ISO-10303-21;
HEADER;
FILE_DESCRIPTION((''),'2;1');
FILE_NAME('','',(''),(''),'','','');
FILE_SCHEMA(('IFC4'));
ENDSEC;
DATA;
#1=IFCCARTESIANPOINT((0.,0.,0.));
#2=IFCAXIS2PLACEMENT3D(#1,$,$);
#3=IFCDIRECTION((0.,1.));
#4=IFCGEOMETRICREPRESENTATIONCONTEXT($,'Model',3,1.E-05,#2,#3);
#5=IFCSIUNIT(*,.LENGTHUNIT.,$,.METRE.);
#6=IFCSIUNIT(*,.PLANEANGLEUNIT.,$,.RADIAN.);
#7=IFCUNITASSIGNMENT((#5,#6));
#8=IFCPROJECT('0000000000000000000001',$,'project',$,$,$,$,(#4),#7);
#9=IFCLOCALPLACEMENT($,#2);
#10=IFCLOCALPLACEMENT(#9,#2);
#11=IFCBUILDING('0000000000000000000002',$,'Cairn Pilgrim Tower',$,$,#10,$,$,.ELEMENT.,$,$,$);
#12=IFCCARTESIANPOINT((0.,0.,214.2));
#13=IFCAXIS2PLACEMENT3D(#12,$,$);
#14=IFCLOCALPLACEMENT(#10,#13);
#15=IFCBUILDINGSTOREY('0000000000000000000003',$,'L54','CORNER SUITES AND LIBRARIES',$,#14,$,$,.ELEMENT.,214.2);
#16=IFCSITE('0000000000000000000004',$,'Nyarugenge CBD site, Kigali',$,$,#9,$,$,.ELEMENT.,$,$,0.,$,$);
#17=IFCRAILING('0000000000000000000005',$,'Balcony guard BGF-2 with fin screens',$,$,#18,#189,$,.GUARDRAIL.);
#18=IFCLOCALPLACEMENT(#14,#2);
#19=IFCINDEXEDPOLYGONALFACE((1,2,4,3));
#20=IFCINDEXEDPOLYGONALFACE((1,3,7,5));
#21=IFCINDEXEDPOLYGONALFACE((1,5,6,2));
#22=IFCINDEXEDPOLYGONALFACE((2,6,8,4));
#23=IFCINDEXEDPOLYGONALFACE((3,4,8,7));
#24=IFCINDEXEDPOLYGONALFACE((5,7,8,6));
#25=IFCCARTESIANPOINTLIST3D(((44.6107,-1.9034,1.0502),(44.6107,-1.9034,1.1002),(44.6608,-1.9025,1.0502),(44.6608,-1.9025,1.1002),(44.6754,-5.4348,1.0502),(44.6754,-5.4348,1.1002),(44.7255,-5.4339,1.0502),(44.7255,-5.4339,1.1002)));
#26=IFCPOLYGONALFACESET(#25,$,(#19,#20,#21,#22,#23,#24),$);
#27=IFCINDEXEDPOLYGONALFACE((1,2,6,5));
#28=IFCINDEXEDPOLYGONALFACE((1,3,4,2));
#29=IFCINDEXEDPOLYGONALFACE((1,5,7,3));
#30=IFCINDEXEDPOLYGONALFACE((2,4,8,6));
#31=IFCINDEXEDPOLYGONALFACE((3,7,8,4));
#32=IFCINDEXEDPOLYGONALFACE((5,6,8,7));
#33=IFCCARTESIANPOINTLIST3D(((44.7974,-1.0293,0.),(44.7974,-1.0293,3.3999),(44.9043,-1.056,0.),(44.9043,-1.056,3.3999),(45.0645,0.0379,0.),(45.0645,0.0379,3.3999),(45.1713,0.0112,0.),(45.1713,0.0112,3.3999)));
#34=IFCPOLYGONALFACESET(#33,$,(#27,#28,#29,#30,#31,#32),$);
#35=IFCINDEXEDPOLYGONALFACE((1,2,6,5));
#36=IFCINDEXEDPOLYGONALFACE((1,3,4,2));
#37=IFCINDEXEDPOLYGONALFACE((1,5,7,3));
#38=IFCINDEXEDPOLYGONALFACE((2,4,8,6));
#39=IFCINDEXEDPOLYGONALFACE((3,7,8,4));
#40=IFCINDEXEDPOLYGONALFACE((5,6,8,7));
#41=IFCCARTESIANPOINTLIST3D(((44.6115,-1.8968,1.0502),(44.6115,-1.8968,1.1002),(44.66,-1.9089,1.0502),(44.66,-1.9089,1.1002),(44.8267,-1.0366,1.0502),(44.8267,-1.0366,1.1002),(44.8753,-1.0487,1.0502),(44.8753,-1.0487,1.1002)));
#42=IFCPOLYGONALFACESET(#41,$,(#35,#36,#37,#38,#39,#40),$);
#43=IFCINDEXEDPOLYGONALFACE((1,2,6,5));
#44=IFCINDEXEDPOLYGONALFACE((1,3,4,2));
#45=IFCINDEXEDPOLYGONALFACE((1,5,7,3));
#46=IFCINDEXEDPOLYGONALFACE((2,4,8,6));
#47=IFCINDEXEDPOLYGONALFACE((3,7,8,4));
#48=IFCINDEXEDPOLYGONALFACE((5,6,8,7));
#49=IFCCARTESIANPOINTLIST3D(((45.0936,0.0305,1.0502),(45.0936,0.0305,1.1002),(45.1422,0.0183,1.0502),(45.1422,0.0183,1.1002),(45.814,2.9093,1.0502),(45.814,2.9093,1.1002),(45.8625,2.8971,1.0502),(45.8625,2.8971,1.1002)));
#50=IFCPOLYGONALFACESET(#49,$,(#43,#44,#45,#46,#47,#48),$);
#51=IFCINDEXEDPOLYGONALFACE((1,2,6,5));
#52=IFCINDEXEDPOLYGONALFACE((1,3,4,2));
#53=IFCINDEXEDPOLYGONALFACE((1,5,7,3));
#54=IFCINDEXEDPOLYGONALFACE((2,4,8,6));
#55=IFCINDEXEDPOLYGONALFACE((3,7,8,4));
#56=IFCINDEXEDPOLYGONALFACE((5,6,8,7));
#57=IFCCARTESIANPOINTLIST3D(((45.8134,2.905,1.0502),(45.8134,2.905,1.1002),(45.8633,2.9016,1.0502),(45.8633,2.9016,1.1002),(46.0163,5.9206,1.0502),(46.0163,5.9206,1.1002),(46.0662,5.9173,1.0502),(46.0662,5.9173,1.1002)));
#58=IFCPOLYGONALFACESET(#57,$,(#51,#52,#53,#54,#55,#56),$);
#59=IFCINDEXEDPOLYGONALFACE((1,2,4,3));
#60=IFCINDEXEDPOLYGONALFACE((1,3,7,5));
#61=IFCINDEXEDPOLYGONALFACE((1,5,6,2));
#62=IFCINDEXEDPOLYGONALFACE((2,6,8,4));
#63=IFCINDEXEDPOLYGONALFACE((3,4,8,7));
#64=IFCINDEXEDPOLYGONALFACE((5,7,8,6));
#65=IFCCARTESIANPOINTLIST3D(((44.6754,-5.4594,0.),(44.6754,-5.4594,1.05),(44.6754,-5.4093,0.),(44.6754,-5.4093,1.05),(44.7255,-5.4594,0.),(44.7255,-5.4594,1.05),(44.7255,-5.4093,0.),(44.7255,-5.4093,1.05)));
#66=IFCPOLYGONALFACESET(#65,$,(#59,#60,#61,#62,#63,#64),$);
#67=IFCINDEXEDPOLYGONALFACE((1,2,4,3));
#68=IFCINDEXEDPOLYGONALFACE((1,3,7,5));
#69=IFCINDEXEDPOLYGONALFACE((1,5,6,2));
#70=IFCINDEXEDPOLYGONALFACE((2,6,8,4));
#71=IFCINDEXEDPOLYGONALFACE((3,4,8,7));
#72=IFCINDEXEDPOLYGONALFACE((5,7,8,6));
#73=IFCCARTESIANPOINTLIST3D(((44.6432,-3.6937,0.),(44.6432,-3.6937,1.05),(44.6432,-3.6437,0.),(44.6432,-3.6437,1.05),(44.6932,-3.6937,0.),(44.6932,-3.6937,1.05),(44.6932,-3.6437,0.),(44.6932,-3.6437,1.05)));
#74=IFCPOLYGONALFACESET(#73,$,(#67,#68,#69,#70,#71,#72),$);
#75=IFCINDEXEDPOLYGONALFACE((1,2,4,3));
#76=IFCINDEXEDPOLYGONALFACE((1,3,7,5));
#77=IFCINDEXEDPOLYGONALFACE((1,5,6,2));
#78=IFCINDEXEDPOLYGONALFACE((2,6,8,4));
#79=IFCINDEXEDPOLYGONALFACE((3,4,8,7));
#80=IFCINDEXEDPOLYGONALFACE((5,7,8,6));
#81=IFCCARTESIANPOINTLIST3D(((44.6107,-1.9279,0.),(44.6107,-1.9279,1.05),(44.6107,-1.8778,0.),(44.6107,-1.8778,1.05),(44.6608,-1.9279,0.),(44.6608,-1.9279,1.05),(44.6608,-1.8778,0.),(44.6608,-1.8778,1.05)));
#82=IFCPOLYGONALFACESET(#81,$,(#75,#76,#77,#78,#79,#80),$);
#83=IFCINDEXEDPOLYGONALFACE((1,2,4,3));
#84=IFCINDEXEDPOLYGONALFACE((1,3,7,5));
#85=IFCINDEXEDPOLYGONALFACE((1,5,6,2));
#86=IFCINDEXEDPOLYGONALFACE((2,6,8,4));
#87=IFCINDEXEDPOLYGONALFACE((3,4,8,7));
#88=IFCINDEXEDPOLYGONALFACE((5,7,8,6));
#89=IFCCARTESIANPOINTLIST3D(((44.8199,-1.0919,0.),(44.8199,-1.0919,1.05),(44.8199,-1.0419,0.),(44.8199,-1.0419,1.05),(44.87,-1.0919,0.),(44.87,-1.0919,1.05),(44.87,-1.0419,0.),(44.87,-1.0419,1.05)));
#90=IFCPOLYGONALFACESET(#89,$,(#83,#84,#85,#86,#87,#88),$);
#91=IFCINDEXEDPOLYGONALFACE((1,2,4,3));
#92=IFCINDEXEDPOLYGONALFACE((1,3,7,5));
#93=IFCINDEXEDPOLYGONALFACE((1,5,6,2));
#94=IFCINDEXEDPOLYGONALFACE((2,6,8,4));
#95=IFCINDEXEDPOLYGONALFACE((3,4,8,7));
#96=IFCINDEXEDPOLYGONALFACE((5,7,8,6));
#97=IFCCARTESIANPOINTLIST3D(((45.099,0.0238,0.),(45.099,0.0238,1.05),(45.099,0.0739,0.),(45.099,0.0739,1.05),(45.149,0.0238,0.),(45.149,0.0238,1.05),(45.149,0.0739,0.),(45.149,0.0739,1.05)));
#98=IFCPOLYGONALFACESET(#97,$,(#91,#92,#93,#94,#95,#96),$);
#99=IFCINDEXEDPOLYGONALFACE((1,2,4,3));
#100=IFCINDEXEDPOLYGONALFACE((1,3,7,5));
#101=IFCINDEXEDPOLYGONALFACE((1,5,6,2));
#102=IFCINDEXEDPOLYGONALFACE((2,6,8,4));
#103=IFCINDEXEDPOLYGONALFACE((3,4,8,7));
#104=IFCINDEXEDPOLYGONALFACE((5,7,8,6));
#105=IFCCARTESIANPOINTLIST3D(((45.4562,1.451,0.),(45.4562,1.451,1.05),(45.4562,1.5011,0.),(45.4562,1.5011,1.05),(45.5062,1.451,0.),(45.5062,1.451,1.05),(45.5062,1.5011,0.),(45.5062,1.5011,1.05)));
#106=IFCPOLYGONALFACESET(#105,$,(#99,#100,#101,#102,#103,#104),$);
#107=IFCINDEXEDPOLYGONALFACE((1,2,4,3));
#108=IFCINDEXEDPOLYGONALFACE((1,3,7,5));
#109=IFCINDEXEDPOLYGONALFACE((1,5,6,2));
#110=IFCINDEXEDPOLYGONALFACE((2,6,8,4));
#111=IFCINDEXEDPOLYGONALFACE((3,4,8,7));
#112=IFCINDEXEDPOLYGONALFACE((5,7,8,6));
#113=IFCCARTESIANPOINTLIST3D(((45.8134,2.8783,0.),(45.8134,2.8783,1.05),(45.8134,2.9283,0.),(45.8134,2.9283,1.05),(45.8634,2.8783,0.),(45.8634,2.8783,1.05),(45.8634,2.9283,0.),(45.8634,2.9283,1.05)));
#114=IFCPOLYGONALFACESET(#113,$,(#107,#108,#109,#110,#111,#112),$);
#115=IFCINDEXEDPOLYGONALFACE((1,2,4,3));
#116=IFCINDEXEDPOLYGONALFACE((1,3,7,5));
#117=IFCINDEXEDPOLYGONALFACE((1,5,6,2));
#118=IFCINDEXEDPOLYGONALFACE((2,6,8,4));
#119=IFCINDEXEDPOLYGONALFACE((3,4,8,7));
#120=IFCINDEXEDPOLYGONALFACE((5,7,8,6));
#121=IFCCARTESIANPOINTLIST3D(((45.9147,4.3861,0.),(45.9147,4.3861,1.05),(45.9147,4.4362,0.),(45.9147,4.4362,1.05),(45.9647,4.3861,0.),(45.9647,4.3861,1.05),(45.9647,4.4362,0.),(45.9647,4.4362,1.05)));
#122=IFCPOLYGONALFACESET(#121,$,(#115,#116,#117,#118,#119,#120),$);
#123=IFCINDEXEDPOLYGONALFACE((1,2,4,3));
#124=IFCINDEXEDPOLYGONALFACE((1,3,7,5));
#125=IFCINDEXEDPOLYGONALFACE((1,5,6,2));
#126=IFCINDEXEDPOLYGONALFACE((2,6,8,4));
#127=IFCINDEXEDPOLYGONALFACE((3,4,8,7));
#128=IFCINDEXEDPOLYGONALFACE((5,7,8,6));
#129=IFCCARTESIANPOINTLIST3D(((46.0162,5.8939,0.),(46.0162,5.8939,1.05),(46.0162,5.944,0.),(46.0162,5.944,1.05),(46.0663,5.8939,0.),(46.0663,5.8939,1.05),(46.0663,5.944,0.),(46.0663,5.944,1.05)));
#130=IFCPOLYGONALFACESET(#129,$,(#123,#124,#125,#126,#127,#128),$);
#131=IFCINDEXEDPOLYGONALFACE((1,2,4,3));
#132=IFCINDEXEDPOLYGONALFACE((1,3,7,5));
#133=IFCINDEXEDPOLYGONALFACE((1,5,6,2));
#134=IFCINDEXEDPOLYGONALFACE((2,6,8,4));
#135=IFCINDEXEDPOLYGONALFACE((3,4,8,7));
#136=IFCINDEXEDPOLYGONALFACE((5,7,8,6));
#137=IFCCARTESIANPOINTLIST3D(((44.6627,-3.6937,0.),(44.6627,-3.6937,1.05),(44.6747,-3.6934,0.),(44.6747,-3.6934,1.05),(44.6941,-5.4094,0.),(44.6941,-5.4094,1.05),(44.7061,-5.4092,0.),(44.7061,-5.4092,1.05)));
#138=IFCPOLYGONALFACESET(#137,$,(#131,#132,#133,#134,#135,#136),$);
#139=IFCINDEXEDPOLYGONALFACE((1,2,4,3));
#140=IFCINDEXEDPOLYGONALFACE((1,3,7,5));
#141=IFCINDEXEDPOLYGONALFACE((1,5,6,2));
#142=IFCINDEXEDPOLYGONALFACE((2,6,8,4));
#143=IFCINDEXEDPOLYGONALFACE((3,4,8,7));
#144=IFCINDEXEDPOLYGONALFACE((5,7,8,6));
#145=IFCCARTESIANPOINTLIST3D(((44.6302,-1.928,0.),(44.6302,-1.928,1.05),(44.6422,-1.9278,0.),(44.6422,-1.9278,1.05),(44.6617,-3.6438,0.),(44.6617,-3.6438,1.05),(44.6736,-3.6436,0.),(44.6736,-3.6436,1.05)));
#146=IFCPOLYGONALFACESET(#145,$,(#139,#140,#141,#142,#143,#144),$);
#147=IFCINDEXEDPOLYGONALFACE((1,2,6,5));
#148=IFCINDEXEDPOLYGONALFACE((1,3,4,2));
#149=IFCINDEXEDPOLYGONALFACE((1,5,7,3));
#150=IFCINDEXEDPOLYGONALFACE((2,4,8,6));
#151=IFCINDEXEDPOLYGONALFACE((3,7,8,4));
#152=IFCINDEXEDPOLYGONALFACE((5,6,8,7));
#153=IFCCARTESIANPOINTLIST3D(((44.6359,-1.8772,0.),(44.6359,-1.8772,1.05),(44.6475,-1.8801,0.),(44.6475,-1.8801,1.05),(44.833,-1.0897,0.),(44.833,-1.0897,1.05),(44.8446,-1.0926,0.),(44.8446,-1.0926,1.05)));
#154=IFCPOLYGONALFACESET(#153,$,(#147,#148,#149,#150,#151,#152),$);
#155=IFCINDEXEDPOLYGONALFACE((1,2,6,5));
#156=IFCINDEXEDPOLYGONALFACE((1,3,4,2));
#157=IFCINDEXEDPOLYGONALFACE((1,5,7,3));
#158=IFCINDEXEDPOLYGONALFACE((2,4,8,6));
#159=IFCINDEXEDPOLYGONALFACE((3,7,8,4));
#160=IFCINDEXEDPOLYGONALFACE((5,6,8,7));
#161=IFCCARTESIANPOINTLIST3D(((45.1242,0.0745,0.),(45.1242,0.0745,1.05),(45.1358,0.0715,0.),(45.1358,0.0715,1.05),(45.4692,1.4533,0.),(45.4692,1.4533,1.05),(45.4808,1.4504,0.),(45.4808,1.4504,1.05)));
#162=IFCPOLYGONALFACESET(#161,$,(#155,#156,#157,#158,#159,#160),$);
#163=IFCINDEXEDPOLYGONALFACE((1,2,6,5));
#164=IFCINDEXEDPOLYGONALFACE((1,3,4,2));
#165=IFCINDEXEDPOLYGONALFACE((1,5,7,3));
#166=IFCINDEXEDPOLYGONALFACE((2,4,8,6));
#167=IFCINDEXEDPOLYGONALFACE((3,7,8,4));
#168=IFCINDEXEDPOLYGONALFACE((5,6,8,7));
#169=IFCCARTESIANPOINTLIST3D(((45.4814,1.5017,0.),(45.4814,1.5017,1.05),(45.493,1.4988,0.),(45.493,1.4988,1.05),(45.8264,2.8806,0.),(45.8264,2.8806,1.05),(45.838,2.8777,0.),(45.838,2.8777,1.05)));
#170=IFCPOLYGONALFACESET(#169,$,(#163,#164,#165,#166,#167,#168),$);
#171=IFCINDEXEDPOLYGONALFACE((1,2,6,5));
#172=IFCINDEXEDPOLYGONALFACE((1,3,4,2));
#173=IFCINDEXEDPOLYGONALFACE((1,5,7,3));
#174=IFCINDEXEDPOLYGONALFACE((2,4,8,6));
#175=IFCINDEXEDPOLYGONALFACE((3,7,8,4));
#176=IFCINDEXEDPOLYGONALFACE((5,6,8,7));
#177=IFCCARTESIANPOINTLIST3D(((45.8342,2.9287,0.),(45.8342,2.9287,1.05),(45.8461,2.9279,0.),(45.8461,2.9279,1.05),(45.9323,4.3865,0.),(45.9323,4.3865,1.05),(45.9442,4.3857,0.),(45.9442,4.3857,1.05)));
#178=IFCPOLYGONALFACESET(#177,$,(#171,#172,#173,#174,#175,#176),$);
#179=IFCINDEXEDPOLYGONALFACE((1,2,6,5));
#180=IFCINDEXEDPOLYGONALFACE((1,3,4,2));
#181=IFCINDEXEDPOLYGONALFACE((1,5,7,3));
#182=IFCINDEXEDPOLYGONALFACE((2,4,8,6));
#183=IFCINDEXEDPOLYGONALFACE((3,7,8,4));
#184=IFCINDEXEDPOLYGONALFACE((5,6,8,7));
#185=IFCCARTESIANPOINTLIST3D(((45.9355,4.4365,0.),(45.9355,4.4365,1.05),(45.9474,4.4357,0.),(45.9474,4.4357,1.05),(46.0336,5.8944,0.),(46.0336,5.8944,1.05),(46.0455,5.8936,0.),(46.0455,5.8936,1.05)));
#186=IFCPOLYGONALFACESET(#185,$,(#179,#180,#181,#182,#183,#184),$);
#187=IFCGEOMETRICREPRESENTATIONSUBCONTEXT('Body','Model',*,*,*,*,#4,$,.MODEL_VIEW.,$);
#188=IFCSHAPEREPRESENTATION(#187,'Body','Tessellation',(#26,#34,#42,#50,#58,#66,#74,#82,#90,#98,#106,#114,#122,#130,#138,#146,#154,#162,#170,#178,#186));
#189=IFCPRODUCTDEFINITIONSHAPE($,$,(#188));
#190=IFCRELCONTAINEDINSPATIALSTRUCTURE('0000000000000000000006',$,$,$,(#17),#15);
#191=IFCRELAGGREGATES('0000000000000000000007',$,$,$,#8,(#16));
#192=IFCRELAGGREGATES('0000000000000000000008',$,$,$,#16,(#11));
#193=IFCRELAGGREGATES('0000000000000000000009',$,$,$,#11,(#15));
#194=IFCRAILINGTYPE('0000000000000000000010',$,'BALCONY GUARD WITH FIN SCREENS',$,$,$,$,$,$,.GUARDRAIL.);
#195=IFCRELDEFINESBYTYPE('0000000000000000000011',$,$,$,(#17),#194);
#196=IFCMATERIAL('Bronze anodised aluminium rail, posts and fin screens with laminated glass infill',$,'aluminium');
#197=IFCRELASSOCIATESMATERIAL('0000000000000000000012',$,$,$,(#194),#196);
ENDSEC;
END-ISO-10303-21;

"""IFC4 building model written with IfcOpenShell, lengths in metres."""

from ifc_helpers import new_model, si_unit, direction, frame, origin, origin_2d, place, context, subcontext, project, spatial, polyline, rectangle, outline, extrude, material, type_object, element, save


model = new_model("IFC4")

# Units and contexts
model_context = context("Model", 3, precision=1e-05, world=origin(), true_north=direction((0.0, 1.0)))
body_context = subcontext(model_context, "Body", "Model", "MODEL_VIEW")
ifc_project = project(units=[si_unit("LENGTHUNIT", "METRE"), si_unit("PLANEANGLEUNIT", "RADIAN")], contexts=[model_context])

# Site, building, storey
site_placement = place(None, origin())
site = spatial("IfcSite", under=ifc_project, at=site_placement, Name="Nyarugenge CBD site, Kigali", CompositionType="ELEMENT", RefElevation=0.0)
building_placement = place(site_placement, origin())
building = spatial("IfcBuilding", under=site, at=building_placement, Name="Cairn Pilgrim Tower", CompositionType="ELEMENT")
storey_placement = place(building_placement, frame((0.0, 0.0, 214.2)))
storey = spatial("IfcBuildingStorey", under=building, at=storey_placement, Name="L54", Description="CORNER SUITES AND LIBRARIES", CompositionType="ELEMENT", Elevation=214.2)

# Railing
ifc_material_1 = material(Name="Bronze anodised aluminium rail, posts and fin screens with laminated glass infill", Category="aluminium")
railing_type = type_object("IfcRailingType", Name="BALCONY GUARD WITH FIN SCREENS", PredefinedType="GUARDRAIL", material=ifc_material_1)
railing_placement = place(storey_placement, frame((44.7004, -5.4343, 0.0)))
element("IfcRailing", 1, at=railing_placement, inside=storey, type_object=railing_type, Name="Balcony guard BGF-2 with fin screens", PredefinedType="GUARDRAIL", context=body_context, shape_type="SweptSolid", body=[
    extrude(rectangle(XDim=0.05, YDim=0.05, at=origin_2d()), frame((0.0, 0.0, 1.0752), z_axis=(-0.018317, 0.999832, 0.0), x_axis=(-0.999832, -0.018317, 0.0)), (0.0, 0.0, 1.0), 3.532),
    extrude(rectangle(XDim=1.1001, YDim=0.1101, at=origin_2d()), frame((0.2839, 4.9253, 0.0), z_axis=(0.0, 0.0, 1.0), x_axis=(0.242744, 0.97009, 0.0)), (0.0, 0.0, 1.0), 3.3999),
    extrude(rectangle(XDim=0.05, YDim=0.05, at=origin_2d()), frame((-0.0647, 3.5315, 1.0752), z_axis=(0.242744, 0.97009, 0.0), x_axis=(-0.97009, 0.242744, 0.0)), (0.0, 0.0, 1.0), 0.8867),
    extrude(rectangle(XDim=0.05, YDim=0.05, at=origin_2d()), frame((0.4175, 5.4587, 1.0752), z_axis=(0.242744, 0.97009, 0.0), x_axis=(-0.97009, 0.242744, 0.0)), (0.0, 0.0, 1.0), 2.9675),
    extrude(rectangle(XDim=0.05, YDim=0.05, at=origin_2d()), frame((1.1379, 8.3376, 1.0752), z_axis=(0.067125, 0.997745, 0.0), x_axis=(-0.997745, 0.067125, 0.0)), (0.0, 0.0, 1.0), 3.0225),
    extrude(rectangle(XDim=0.05, YDim=0.05, at=origin_2d()), origin(), (0.0, 0.0, 1.0), 1.05),
    extrude(rectangle(XDim=0.05, YDim=0.05, at=origin_2d()), frame((-0.0322, 1.7656, 0.0)), (0.0, 0.0, 1.0), 1.05),
    extrude(rectangle(XDim=0.05, YDim=0.05, at=origin_2d()), frame((-0.0647, 3.5315, 0.0)), (0.0, 0.0, 1.0), 1.05),
    extrude(rectangle(XDim=0.05, YDim=0.05, at=origin_2d()), frame((0.1445, 4.3674, 0.0)), (0.0, 0.0, 1.0), 1.05),
    extrude(rectangle(XDim=0.05, YDim=0.05, at=origin_2d()), frame((0.4236, 5.4832, 0.0)), (0.0, 0.0, 1.0), 1.05),
    extrude(rectangle(XDim=0.05, YDim=0.05, at=origin_2d()), frame((0.7808, 6.9104, 0.0)), (0.0, 0.0, 1.0), 1.05),
    extrude(rectangle(XDim=0.05, YDim=0.05, at=origin_2d()), frame((1.1379, 8.3376, 0.0)), (0.0, 0.0, 1.0), 1.05),
    extrude(rectangle(XDim=0.05, YDim=0.05, at=origin_2d()), frame((1.2393, 9.8455, 0.0)), (0.0, 0.0, 1.0), 1.05),
    extrude(rectangle(XDim=0.05, YDim=0.05, at=origin_2d()), frame((1.3408, 11.3533, 0.0)), (0.0, 0.0, 1.0), 1.05),
    extrude(outline(polyline([(0.0249, 0.0), (1.741, 0.0), (1.741, 1.05), (0.0249, 1.05), (0.0249, 0.0)])), frame((-0.0059, 0.0, 0.0), z_axis=(0.999832, 0.018317, 0.0), x_axis=(-0.018317, 0.999832, 0.0)), (0.0, 0.0, 1.0), 0.012),
    extrude(outline(polyline([(0.0249, 0.0), (1.741, 0.0), (1.741, 1.05), (0.0249, 1.05), (0.0249, 0.0)])), frame((-0.0383, 1.7656, 0.0), z_axis=(0.999832, 0.018317, 0.0), x_axis=(-0.018317, 0.999832, 0.0)), (0.0, 0.0, 1.0), 0.012),
    extrude(outline(polyline([(0.0249, 0.0), (0.8367, 0.0), (0.8367, 1.05), (0.0249, 1.05), (0.0249, 0.0)])), frame((-0.0706, 3.533, 0.0), z_axis=(0.97009, -0.242744, 0.0), x_axis=(0.242744, 0.97009, 0.0)), (0.0, 0.0, 1.0), 0.012),
    extrude(outline(polyline([(0.0249, 0.0), (1.4463, 0.0), (1.4463, 1.05), (0.0249, 1.05), (0.0249, 0.0)])), frame((0.4177, 5.4846, 0.0), z_axis=(0.97009, -0.242744, 0.0), x_axis=(0.242744, 0.97009, 0.0)), (0.0, 0.0, 1.0), 0.012),
    extrude(outline(polyline([(0.0249, 0.0), (1.4463, 0.0), (1.4463, 1.05), (0.0249, 1.05), (0.0249, 0.0)])), frame((0.7749, 6.9119, 0.0), z_axis=(0.97009, -0.242744, 0.0), x_axis=(0.242744, 0.97009, 0.0)), (0.0, 0.0, 1.0), 0.012),
    extrude(outline(polyline([(0.0249, 0.0), (1.4861, 0.0), (1.4861, 1.05), (0.0249, 1.05), (0.0249, 0.0)])), frame((1.1321, 8.3381, 0.0), z_axis=(0.997745, -0.067125, 0.0), x_axis=(0.067125, 0.997745, 0.0)), (0.0, 0.0, 1.0), 0.012),
    extrude(outline(polyline([(0.0249, 0.0), (1.4861, 0.0), (1.4861, 1.05), (0.0249, 1.05), (0.0249, 0.0)])), frame((1.2334, 9.8459, 0.0), z_axis=(0.997745, -0.067125, 0.0), x_axis=(0.067125, 0.997745, 0.0)), (0.0, 0.0, 1.0), 0.012),
])

save(model, "model.ifc")
